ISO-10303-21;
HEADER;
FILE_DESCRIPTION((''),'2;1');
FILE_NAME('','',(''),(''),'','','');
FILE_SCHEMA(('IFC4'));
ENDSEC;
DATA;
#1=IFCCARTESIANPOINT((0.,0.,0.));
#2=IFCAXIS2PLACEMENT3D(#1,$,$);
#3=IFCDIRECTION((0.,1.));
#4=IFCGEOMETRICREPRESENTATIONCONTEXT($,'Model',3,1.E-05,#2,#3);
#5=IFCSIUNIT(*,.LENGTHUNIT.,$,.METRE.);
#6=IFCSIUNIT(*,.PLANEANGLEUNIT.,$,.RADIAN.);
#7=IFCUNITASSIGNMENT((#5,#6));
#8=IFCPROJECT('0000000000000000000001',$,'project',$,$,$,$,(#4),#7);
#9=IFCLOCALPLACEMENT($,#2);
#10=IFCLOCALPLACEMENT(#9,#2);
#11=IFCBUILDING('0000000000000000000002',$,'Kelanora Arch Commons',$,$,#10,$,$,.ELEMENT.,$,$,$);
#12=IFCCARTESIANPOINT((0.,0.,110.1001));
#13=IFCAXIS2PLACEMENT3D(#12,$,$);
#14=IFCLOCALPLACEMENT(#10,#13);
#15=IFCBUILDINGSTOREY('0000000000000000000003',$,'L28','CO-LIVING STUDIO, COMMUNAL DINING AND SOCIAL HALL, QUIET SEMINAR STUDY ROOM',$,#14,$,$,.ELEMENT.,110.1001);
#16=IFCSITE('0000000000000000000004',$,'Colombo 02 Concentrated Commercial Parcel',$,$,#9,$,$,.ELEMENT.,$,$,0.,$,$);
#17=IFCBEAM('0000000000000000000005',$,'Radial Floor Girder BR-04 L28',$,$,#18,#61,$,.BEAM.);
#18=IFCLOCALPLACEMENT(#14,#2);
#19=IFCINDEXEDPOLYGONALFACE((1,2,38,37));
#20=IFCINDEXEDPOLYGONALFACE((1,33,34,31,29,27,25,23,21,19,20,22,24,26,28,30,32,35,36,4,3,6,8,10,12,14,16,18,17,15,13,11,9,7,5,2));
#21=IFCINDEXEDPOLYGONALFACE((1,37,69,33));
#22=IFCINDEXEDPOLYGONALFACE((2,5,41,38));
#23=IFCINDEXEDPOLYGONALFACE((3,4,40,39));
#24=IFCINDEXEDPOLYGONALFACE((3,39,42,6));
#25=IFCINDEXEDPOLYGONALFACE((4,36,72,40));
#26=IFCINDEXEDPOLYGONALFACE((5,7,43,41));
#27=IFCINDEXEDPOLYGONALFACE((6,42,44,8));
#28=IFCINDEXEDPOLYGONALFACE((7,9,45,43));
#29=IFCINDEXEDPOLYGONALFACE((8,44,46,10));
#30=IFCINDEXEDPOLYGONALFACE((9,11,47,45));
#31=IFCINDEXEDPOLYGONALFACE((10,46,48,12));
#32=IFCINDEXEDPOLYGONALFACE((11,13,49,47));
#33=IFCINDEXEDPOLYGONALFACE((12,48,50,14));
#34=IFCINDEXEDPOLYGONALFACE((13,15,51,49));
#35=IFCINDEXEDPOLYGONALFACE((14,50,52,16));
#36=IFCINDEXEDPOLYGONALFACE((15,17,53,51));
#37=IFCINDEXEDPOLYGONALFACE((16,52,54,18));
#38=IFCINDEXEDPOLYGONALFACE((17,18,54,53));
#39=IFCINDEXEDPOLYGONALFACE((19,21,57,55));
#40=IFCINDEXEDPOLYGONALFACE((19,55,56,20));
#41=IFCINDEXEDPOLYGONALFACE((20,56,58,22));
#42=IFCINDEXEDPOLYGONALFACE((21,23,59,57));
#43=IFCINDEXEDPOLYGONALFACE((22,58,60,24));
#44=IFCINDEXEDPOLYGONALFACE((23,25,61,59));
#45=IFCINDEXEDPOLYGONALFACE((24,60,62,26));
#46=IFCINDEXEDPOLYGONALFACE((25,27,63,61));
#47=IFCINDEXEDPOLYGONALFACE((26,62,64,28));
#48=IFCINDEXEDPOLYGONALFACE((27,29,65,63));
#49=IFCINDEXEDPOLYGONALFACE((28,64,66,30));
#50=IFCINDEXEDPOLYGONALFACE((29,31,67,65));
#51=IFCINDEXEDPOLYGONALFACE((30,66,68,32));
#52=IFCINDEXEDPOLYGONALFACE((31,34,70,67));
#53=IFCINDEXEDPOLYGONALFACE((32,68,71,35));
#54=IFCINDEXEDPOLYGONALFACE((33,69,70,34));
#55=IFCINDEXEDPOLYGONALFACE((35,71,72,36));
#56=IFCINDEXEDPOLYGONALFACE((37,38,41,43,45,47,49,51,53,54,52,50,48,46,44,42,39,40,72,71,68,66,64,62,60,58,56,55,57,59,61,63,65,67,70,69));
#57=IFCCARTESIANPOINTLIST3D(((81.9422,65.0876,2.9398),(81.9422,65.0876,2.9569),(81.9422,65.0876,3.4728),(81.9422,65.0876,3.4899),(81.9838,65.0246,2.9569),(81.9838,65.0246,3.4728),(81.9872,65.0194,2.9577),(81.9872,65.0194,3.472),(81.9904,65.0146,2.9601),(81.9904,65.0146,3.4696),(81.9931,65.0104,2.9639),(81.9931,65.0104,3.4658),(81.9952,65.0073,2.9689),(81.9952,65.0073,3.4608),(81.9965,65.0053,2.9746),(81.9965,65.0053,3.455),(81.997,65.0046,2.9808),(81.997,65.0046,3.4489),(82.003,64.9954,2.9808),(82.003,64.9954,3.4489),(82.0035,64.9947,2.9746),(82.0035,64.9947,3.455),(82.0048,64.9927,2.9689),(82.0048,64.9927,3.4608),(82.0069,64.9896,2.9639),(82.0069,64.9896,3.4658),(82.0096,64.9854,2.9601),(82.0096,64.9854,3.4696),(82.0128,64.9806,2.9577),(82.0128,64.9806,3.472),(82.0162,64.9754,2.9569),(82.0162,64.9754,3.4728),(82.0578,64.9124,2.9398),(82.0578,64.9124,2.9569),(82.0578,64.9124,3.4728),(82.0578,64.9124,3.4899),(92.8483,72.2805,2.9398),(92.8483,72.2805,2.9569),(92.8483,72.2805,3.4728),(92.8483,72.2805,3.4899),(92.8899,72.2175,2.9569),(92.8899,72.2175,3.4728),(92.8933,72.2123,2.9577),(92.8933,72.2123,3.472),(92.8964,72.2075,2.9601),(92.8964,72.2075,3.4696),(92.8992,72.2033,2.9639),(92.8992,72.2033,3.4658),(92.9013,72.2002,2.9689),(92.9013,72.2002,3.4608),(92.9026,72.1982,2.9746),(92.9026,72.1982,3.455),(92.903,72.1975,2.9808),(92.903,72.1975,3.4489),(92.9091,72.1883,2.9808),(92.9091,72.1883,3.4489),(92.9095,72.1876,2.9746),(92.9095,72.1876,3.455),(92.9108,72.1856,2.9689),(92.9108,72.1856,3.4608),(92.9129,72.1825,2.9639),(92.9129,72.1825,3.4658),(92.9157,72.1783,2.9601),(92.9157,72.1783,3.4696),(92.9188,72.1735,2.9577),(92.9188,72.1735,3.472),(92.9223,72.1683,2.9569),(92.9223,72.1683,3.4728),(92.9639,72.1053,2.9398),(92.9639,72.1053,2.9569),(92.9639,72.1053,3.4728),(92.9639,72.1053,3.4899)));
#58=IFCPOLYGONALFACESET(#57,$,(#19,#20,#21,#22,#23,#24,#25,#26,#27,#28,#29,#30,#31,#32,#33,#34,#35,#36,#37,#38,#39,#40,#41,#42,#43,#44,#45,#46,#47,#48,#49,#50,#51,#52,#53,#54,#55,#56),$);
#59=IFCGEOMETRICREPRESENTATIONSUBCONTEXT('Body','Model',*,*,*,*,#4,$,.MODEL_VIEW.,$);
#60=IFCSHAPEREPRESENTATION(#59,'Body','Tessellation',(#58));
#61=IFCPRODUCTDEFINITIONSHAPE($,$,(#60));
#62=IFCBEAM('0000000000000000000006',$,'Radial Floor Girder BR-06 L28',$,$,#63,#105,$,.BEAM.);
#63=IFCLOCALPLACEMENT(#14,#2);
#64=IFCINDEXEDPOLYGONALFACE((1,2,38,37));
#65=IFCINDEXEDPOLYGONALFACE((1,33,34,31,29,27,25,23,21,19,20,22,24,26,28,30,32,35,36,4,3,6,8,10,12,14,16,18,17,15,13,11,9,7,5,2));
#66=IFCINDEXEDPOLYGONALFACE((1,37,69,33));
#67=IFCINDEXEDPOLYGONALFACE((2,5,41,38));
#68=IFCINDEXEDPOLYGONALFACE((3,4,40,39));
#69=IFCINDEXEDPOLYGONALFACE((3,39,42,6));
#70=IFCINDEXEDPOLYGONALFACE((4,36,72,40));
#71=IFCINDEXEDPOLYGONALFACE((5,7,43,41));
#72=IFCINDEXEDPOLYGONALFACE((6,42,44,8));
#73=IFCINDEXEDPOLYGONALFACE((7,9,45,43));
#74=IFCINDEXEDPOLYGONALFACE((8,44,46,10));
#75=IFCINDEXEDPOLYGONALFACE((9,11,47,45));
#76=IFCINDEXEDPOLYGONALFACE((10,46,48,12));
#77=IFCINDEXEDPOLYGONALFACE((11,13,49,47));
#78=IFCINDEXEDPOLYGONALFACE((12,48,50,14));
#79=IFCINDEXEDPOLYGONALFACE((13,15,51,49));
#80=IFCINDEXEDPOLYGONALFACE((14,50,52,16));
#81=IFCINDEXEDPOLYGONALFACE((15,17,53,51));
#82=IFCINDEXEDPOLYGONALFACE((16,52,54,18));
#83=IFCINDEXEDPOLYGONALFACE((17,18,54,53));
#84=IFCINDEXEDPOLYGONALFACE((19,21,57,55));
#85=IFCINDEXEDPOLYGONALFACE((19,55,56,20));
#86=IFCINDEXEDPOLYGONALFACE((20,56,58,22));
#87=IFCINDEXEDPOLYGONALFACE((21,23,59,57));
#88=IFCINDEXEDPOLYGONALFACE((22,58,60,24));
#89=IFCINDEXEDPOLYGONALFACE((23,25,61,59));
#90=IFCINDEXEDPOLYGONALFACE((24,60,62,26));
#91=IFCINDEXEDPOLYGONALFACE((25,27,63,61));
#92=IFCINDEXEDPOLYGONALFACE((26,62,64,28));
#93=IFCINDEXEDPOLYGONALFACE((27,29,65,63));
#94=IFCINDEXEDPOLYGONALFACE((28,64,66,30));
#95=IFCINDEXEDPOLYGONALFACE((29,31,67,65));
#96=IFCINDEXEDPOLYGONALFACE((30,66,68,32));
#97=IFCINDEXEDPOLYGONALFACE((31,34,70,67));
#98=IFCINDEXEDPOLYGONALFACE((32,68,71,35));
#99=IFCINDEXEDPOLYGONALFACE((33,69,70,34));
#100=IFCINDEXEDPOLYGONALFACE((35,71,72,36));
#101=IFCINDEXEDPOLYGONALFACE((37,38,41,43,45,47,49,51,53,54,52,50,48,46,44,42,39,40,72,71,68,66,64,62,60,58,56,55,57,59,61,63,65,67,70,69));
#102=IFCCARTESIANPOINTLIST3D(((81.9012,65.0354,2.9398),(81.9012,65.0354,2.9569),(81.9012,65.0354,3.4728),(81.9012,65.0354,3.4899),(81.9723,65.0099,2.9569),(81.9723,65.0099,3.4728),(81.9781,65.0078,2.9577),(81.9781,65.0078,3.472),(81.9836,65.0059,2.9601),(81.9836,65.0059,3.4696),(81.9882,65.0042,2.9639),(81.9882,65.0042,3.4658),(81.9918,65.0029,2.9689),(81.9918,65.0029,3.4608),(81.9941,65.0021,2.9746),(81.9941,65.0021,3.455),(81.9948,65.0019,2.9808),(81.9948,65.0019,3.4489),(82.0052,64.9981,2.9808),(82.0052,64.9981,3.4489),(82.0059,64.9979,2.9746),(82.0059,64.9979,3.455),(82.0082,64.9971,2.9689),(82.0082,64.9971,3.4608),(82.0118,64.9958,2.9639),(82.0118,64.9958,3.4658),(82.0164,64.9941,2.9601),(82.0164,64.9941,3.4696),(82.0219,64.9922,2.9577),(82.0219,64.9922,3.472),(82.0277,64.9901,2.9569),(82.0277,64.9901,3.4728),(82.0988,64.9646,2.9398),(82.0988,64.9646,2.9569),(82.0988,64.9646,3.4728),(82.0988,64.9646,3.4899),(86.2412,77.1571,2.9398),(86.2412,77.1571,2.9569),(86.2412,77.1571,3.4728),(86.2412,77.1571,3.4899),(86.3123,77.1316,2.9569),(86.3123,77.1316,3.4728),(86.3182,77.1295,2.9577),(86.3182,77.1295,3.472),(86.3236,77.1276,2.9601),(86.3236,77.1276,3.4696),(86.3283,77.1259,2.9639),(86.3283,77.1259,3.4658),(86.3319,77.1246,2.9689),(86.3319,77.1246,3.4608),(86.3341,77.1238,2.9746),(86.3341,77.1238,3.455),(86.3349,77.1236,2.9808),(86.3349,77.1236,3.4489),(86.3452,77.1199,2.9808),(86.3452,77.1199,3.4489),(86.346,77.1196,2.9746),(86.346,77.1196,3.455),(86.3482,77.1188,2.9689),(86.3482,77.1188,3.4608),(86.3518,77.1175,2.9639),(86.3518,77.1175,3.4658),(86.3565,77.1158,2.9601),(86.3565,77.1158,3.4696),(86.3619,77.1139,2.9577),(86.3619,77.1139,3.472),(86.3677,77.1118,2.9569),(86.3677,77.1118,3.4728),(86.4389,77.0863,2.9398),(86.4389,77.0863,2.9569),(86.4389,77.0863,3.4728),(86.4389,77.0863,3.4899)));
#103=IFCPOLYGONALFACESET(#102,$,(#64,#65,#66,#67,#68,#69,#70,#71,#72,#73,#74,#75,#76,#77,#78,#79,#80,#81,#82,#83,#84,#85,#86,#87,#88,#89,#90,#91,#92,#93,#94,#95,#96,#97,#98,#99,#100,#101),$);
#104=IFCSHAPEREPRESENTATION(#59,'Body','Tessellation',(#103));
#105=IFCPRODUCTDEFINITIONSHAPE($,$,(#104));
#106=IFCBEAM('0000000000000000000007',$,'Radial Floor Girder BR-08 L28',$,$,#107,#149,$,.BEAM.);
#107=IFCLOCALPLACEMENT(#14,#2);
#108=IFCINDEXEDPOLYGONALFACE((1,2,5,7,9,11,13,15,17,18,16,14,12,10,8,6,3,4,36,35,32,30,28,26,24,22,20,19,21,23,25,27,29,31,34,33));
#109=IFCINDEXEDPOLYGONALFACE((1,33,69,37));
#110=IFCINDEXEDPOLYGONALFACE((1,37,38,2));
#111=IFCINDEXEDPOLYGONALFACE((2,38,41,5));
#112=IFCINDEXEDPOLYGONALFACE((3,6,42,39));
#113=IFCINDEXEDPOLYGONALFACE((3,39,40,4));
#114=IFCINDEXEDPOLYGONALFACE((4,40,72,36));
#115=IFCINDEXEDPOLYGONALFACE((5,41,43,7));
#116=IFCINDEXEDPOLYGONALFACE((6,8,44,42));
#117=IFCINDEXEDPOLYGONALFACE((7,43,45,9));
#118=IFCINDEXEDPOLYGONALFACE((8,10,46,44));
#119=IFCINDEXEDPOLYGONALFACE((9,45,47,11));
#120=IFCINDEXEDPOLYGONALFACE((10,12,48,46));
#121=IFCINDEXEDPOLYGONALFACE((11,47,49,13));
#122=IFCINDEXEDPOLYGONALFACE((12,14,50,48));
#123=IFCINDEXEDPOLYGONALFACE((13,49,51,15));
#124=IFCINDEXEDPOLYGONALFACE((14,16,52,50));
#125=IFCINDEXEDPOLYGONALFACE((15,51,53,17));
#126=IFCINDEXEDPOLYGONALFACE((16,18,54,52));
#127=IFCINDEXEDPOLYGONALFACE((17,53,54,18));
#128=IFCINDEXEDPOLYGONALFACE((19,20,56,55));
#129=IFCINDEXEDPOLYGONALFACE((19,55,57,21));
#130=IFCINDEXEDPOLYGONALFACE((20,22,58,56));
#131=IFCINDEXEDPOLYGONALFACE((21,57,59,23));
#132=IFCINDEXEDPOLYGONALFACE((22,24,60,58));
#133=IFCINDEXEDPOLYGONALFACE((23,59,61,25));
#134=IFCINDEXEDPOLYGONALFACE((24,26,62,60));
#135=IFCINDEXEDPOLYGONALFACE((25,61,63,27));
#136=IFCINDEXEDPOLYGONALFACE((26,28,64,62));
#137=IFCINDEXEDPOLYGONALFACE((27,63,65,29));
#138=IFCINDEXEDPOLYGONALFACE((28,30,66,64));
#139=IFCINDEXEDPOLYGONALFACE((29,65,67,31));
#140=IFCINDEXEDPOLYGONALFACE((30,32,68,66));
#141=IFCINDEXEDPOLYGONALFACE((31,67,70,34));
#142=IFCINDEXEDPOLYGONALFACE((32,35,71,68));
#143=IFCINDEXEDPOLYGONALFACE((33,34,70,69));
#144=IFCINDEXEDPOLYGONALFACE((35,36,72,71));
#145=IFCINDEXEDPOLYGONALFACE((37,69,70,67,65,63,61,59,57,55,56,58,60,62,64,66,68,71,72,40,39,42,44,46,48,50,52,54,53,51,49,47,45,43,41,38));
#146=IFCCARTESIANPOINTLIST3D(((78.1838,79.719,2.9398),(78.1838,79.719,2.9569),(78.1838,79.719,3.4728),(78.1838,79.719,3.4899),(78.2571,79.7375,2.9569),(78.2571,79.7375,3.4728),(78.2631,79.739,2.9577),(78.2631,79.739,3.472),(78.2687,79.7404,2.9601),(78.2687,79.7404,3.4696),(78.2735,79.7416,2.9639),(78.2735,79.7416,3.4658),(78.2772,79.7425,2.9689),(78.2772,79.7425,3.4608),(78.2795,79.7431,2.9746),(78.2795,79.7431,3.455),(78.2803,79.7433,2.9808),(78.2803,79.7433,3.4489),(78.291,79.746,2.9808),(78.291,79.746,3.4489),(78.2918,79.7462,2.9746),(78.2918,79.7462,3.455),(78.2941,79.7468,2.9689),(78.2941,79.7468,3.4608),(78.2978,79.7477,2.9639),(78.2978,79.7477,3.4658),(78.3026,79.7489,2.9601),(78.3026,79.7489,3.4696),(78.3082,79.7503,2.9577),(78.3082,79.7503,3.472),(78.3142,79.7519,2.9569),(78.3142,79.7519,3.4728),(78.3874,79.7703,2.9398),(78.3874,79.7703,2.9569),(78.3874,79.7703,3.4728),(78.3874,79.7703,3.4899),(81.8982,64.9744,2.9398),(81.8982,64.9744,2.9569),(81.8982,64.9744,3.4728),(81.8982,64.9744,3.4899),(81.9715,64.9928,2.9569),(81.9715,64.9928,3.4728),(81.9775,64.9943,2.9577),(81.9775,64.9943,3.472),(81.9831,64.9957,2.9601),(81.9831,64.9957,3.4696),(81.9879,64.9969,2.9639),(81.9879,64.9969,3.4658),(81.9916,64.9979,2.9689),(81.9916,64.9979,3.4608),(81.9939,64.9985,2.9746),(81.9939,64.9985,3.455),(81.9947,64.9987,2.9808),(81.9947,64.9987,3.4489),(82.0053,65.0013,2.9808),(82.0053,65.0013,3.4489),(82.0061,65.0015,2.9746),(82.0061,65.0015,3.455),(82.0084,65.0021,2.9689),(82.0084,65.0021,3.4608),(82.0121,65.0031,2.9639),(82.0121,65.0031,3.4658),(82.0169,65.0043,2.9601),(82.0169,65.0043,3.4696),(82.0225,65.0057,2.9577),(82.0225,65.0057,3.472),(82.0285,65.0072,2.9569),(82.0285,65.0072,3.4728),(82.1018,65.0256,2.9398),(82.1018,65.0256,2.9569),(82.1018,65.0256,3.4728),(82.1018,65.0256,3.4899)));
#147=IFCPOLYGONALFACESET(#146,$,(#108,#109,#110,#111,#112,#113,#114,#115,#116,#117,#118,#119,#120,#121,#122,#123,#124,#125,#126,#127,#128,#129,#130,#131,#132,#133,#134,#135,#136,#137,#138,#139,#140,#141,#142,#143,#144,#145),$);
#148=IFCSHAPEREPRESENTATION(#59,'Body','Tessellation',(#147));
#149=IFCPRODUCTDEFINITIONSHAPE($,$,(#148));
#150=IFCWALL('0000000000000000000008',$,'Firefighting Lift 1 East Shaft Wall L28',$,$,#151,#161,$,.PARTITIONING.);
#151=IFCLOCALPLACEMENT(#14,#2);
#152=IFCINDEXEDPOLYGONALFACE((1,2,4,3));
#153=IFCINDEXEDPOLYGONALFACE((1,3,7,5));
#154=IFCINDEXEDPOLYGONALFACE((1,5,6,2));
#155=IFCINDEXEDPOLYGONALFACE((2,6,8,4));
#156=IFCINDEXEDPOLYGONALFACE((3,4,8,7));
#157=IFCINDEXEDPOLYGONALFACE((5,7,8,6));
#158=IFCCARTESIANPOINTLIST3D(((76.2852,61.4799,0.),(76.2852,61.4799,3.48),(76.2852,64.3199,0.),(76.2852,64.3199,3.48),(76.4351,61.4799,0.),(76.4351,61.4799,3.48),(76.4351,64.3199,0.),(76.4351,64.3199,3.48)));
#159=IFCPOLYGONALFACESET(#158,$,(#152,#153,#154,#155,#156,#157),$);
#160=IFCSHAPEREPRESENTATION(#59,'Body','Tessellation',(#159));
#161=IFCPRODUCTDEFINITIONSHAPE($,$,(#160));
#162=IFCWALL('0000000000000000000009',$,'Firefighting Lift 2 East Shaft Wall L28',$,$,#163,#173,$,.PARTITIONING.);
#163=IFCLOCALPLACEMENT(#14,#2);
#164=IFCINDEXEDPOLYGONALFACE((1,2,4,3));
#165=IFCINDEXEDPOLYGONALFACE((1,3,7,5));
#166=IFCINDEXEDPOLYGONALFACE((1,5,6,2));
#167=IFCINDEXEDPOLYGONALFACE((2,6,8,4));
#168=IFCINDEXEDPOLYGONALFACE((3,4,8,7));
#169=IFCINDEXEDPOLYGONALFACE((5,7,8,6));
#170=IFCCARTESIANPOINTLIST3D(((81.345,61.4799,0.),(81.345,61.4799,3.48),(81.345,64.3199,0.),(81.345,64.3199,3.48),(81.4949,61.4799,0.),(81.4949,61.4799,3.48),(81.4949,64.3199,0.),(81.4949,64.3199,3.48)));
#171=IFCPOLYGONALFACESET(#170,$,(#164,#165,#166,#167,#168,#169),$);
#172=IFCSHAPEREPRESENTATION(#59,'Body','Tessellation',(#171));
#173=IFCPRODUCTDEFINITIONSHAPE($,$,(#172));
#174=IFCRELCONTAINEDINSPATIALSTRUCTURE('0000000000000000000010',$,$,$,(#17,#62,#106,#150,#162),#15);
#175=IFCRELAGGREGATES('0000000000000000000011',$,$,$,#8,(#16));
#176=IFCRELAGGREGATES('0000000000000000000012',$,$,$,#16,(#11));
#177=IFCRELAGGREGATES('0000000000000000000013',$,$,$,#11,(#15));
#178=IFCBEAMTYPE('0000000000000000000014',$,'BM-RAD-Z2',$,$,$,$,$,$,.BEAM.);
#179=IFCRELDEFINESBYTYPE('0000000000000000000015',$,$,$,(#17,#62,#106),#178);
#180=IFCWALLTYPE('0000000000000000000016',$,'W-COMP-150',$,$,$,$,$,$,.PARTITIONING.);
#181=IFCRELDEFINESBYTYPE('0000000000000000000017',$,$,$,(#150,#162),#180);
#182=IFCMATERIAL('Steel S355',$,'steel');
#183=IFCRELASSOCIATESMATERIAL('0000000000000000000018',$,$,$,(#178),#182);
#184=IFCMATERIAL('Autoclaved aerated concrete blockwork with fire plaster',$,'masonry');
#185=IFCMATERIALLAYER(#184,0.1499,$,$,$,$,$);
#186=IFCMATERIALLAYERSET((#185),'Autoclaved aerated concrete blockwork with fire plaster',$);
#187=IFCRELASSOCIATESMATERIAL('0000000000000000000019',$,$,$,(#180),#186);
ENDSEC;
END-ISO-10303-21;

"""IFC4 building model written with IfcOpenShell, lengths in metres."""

from ifc_helpers import new_model, si_unit, direction, frame, frame_2d, origin, origin_2d, place, context, subcontext, project, spatial, rectangle, i_section, extrude, material, layer, layer_set, material_profile, profile_set, type_object, element, save


model = new_model("IFC4")

# Units and contexts
model_context = context("Model", 3, precision=1e-05, world=origin(), true_north=direction((0.0, 1.0)))
body_context = subcontext(model_context, "Body", "Model", "MODEL_VIEW")
ifc_project = project(units=[si_unit("LENGTHUNIT", "METRE"), si_unit("PLANEANGLEUNIT", "RADIAN")], contexts=[model_context])

# Site, building, storey
site_placement = place(None, origin())
site = spatial("IfcSite", under=ifc_project, at=site_placement, Name="Colombo 02 Concentrated Commercial Parcel", CompositionType="ELEMENT", RefElevation=0.0)
building_placement = place(site_placement, origin())
building = spatial("IfcBuilding", under=site, at=building_placement, Name="Kelanora Arch Commons", CompositionType="ELEMENT")
storey_placement = place(building_placement, frame((0.0, 0.0, 110.1001)))
storey = spatial("IfcBuildingStorey", under=building, at=storey_placement, Name="L28", Description="CO-LIVING STUDIO, COMMUNAL DINING AND SOCIAL HALL, QUIET SEMINAR STUDY ROOM", CompositionType="ELEMENT", Elevation=110.1001)

# Beams
ifc_material_1 = material(Name="Steel S355", Category="steel")
ifc_material_profile_1 = material_profile(ifc_material_1, i_section(OverallWidth=0.21, OverallDepth=0.55, WebThickness=0.011, FlangeThickness=0.0171, FilletRadius=0.0239, at=origin_2d()), Name="IPE550")
ifc_profile_set_1 = profile_set([ifc_material_profile_1], Name="Steel S355")
beam_type_1 = type_object("IfcBeamType", Name="BM-RAD-Z2", PredefinedType="BEAM", material=ifc_profile_set_1)
beam_1_placement = place(storey_placement, frame((82.0, 65.0, 3.2148), z_axis=(0.834789, 0.550571, 0.0), x_axis=(-0.550571, 0.834789, 0.0)))
element("IfcBeam", 1, at=beam_1_placement, inside=storey, type_object=beam_type_1, Name="Radial Floor Girder BR-04 L28", PredefinedType="BEAM", context=body_context, shape_type="SweptSolid", body=[
    extrude(i_section(OverallWidth=0.21, OverallDepth=0.55, WebThickness=0.011, FlangeThickness=0.0171, FilletRadius=0.0239, at=origin_2d()), origin(), (0.0, 0.0, 1.0), 13.0645),
])
beam_2_placement = place(storey_placement, frame((82.0, 65.0, 3.2148), z_axis=(0.337085, 0.941474, 0.0), x_axis=(-0.941474, 0.337085, 0.0)))
element("IfcBeam", 2, at=beam_2_placement, inside=storey, type_object=beam_type_1, Name="Radial Floor Girder BR-06 L28", PredefinedType="BEAM", context=body_context, shape_type="SweptSolid", body=[
    extrude(i_section(OverallWidth=0.21, OverallDepth=0.55, WebThickness=0.011, FlangeThickness=0.0171, FilletRadius=0.0239, at=origin_2d()), origin(), (0.0, 0.0, 1.0), 12.8752),
])
beam_3_placement = place(storey_placement, frame((82.0, 65.0, 3.2148), z_axis=(-0.244281, 0.969705, 0.0), x_axis=(-0.969705, -0.244281, 0.0)))
element("IfcBeam", 3, at=beam_3_placement, inside=storey, type_object=beam_type_1, Name="Radial Floor Girder BR-08 L28", PredefinedType="BEAM", context=body_context, shape_type="SweptSolid", body=[
    extrude(i_section(OverallWidth=0.21, OverallDepth=0.55, WebThickness=0.011, FlangeThickness=0.0171, FilletRadius=0.0239, at=origin_2d()), origin(), (0.0, 0.0, 1.0), 15.2053),
])

# Walls
ifc_material_2 = material(Name="Autoclaved aerated concrete blockwork with fire plaster", Category="masonry")
ifc_layer_1 = layer(ifc_material_2, 0.1499)
ifc_layer_set_1 = layer_set([ifc_layer_1], Name="Autoclaved aerated concrete blockwork with fire plaster")
wall_type_1 = type_object("IfcWallType", Name="W-COMP-150", PredefinedType="PARTITIONING", material=ifc_layer_set_1)
for number, where, z_axis, x_axis, name in (
    (4, (76.3601, 61.48, 0.0), (0.0, 0.0, 1.0), (0.0, 1.0, 0.0), "Firefighting Lift 1 East Shaft Wall L28"),
    (5, (81.4199, 61.48, 0.0), (0.0, 0.0, 1.0), (0.0, 1.0, 0.0), "Firefighting Lift 2 East Shaft Wall L28"),
):
    element("IfcWall", number, at=place(storey_placement, frame(where, z_axis=z_axis, x_axis=x_axis)), inside=storey, type_object=wall_type_1, Name=name, PredefinedType="PARTITIONING", context=body_context, shape_type="SweptSolid", body=[
        extrude(rectangle(XDim=2.8401, YDim=0.1499, at=frame_2d((1.4199, 0.0))), origin(), (0.0, 0.0, 1.0), 3.48),
    ])

save(model, "model.ifc")
